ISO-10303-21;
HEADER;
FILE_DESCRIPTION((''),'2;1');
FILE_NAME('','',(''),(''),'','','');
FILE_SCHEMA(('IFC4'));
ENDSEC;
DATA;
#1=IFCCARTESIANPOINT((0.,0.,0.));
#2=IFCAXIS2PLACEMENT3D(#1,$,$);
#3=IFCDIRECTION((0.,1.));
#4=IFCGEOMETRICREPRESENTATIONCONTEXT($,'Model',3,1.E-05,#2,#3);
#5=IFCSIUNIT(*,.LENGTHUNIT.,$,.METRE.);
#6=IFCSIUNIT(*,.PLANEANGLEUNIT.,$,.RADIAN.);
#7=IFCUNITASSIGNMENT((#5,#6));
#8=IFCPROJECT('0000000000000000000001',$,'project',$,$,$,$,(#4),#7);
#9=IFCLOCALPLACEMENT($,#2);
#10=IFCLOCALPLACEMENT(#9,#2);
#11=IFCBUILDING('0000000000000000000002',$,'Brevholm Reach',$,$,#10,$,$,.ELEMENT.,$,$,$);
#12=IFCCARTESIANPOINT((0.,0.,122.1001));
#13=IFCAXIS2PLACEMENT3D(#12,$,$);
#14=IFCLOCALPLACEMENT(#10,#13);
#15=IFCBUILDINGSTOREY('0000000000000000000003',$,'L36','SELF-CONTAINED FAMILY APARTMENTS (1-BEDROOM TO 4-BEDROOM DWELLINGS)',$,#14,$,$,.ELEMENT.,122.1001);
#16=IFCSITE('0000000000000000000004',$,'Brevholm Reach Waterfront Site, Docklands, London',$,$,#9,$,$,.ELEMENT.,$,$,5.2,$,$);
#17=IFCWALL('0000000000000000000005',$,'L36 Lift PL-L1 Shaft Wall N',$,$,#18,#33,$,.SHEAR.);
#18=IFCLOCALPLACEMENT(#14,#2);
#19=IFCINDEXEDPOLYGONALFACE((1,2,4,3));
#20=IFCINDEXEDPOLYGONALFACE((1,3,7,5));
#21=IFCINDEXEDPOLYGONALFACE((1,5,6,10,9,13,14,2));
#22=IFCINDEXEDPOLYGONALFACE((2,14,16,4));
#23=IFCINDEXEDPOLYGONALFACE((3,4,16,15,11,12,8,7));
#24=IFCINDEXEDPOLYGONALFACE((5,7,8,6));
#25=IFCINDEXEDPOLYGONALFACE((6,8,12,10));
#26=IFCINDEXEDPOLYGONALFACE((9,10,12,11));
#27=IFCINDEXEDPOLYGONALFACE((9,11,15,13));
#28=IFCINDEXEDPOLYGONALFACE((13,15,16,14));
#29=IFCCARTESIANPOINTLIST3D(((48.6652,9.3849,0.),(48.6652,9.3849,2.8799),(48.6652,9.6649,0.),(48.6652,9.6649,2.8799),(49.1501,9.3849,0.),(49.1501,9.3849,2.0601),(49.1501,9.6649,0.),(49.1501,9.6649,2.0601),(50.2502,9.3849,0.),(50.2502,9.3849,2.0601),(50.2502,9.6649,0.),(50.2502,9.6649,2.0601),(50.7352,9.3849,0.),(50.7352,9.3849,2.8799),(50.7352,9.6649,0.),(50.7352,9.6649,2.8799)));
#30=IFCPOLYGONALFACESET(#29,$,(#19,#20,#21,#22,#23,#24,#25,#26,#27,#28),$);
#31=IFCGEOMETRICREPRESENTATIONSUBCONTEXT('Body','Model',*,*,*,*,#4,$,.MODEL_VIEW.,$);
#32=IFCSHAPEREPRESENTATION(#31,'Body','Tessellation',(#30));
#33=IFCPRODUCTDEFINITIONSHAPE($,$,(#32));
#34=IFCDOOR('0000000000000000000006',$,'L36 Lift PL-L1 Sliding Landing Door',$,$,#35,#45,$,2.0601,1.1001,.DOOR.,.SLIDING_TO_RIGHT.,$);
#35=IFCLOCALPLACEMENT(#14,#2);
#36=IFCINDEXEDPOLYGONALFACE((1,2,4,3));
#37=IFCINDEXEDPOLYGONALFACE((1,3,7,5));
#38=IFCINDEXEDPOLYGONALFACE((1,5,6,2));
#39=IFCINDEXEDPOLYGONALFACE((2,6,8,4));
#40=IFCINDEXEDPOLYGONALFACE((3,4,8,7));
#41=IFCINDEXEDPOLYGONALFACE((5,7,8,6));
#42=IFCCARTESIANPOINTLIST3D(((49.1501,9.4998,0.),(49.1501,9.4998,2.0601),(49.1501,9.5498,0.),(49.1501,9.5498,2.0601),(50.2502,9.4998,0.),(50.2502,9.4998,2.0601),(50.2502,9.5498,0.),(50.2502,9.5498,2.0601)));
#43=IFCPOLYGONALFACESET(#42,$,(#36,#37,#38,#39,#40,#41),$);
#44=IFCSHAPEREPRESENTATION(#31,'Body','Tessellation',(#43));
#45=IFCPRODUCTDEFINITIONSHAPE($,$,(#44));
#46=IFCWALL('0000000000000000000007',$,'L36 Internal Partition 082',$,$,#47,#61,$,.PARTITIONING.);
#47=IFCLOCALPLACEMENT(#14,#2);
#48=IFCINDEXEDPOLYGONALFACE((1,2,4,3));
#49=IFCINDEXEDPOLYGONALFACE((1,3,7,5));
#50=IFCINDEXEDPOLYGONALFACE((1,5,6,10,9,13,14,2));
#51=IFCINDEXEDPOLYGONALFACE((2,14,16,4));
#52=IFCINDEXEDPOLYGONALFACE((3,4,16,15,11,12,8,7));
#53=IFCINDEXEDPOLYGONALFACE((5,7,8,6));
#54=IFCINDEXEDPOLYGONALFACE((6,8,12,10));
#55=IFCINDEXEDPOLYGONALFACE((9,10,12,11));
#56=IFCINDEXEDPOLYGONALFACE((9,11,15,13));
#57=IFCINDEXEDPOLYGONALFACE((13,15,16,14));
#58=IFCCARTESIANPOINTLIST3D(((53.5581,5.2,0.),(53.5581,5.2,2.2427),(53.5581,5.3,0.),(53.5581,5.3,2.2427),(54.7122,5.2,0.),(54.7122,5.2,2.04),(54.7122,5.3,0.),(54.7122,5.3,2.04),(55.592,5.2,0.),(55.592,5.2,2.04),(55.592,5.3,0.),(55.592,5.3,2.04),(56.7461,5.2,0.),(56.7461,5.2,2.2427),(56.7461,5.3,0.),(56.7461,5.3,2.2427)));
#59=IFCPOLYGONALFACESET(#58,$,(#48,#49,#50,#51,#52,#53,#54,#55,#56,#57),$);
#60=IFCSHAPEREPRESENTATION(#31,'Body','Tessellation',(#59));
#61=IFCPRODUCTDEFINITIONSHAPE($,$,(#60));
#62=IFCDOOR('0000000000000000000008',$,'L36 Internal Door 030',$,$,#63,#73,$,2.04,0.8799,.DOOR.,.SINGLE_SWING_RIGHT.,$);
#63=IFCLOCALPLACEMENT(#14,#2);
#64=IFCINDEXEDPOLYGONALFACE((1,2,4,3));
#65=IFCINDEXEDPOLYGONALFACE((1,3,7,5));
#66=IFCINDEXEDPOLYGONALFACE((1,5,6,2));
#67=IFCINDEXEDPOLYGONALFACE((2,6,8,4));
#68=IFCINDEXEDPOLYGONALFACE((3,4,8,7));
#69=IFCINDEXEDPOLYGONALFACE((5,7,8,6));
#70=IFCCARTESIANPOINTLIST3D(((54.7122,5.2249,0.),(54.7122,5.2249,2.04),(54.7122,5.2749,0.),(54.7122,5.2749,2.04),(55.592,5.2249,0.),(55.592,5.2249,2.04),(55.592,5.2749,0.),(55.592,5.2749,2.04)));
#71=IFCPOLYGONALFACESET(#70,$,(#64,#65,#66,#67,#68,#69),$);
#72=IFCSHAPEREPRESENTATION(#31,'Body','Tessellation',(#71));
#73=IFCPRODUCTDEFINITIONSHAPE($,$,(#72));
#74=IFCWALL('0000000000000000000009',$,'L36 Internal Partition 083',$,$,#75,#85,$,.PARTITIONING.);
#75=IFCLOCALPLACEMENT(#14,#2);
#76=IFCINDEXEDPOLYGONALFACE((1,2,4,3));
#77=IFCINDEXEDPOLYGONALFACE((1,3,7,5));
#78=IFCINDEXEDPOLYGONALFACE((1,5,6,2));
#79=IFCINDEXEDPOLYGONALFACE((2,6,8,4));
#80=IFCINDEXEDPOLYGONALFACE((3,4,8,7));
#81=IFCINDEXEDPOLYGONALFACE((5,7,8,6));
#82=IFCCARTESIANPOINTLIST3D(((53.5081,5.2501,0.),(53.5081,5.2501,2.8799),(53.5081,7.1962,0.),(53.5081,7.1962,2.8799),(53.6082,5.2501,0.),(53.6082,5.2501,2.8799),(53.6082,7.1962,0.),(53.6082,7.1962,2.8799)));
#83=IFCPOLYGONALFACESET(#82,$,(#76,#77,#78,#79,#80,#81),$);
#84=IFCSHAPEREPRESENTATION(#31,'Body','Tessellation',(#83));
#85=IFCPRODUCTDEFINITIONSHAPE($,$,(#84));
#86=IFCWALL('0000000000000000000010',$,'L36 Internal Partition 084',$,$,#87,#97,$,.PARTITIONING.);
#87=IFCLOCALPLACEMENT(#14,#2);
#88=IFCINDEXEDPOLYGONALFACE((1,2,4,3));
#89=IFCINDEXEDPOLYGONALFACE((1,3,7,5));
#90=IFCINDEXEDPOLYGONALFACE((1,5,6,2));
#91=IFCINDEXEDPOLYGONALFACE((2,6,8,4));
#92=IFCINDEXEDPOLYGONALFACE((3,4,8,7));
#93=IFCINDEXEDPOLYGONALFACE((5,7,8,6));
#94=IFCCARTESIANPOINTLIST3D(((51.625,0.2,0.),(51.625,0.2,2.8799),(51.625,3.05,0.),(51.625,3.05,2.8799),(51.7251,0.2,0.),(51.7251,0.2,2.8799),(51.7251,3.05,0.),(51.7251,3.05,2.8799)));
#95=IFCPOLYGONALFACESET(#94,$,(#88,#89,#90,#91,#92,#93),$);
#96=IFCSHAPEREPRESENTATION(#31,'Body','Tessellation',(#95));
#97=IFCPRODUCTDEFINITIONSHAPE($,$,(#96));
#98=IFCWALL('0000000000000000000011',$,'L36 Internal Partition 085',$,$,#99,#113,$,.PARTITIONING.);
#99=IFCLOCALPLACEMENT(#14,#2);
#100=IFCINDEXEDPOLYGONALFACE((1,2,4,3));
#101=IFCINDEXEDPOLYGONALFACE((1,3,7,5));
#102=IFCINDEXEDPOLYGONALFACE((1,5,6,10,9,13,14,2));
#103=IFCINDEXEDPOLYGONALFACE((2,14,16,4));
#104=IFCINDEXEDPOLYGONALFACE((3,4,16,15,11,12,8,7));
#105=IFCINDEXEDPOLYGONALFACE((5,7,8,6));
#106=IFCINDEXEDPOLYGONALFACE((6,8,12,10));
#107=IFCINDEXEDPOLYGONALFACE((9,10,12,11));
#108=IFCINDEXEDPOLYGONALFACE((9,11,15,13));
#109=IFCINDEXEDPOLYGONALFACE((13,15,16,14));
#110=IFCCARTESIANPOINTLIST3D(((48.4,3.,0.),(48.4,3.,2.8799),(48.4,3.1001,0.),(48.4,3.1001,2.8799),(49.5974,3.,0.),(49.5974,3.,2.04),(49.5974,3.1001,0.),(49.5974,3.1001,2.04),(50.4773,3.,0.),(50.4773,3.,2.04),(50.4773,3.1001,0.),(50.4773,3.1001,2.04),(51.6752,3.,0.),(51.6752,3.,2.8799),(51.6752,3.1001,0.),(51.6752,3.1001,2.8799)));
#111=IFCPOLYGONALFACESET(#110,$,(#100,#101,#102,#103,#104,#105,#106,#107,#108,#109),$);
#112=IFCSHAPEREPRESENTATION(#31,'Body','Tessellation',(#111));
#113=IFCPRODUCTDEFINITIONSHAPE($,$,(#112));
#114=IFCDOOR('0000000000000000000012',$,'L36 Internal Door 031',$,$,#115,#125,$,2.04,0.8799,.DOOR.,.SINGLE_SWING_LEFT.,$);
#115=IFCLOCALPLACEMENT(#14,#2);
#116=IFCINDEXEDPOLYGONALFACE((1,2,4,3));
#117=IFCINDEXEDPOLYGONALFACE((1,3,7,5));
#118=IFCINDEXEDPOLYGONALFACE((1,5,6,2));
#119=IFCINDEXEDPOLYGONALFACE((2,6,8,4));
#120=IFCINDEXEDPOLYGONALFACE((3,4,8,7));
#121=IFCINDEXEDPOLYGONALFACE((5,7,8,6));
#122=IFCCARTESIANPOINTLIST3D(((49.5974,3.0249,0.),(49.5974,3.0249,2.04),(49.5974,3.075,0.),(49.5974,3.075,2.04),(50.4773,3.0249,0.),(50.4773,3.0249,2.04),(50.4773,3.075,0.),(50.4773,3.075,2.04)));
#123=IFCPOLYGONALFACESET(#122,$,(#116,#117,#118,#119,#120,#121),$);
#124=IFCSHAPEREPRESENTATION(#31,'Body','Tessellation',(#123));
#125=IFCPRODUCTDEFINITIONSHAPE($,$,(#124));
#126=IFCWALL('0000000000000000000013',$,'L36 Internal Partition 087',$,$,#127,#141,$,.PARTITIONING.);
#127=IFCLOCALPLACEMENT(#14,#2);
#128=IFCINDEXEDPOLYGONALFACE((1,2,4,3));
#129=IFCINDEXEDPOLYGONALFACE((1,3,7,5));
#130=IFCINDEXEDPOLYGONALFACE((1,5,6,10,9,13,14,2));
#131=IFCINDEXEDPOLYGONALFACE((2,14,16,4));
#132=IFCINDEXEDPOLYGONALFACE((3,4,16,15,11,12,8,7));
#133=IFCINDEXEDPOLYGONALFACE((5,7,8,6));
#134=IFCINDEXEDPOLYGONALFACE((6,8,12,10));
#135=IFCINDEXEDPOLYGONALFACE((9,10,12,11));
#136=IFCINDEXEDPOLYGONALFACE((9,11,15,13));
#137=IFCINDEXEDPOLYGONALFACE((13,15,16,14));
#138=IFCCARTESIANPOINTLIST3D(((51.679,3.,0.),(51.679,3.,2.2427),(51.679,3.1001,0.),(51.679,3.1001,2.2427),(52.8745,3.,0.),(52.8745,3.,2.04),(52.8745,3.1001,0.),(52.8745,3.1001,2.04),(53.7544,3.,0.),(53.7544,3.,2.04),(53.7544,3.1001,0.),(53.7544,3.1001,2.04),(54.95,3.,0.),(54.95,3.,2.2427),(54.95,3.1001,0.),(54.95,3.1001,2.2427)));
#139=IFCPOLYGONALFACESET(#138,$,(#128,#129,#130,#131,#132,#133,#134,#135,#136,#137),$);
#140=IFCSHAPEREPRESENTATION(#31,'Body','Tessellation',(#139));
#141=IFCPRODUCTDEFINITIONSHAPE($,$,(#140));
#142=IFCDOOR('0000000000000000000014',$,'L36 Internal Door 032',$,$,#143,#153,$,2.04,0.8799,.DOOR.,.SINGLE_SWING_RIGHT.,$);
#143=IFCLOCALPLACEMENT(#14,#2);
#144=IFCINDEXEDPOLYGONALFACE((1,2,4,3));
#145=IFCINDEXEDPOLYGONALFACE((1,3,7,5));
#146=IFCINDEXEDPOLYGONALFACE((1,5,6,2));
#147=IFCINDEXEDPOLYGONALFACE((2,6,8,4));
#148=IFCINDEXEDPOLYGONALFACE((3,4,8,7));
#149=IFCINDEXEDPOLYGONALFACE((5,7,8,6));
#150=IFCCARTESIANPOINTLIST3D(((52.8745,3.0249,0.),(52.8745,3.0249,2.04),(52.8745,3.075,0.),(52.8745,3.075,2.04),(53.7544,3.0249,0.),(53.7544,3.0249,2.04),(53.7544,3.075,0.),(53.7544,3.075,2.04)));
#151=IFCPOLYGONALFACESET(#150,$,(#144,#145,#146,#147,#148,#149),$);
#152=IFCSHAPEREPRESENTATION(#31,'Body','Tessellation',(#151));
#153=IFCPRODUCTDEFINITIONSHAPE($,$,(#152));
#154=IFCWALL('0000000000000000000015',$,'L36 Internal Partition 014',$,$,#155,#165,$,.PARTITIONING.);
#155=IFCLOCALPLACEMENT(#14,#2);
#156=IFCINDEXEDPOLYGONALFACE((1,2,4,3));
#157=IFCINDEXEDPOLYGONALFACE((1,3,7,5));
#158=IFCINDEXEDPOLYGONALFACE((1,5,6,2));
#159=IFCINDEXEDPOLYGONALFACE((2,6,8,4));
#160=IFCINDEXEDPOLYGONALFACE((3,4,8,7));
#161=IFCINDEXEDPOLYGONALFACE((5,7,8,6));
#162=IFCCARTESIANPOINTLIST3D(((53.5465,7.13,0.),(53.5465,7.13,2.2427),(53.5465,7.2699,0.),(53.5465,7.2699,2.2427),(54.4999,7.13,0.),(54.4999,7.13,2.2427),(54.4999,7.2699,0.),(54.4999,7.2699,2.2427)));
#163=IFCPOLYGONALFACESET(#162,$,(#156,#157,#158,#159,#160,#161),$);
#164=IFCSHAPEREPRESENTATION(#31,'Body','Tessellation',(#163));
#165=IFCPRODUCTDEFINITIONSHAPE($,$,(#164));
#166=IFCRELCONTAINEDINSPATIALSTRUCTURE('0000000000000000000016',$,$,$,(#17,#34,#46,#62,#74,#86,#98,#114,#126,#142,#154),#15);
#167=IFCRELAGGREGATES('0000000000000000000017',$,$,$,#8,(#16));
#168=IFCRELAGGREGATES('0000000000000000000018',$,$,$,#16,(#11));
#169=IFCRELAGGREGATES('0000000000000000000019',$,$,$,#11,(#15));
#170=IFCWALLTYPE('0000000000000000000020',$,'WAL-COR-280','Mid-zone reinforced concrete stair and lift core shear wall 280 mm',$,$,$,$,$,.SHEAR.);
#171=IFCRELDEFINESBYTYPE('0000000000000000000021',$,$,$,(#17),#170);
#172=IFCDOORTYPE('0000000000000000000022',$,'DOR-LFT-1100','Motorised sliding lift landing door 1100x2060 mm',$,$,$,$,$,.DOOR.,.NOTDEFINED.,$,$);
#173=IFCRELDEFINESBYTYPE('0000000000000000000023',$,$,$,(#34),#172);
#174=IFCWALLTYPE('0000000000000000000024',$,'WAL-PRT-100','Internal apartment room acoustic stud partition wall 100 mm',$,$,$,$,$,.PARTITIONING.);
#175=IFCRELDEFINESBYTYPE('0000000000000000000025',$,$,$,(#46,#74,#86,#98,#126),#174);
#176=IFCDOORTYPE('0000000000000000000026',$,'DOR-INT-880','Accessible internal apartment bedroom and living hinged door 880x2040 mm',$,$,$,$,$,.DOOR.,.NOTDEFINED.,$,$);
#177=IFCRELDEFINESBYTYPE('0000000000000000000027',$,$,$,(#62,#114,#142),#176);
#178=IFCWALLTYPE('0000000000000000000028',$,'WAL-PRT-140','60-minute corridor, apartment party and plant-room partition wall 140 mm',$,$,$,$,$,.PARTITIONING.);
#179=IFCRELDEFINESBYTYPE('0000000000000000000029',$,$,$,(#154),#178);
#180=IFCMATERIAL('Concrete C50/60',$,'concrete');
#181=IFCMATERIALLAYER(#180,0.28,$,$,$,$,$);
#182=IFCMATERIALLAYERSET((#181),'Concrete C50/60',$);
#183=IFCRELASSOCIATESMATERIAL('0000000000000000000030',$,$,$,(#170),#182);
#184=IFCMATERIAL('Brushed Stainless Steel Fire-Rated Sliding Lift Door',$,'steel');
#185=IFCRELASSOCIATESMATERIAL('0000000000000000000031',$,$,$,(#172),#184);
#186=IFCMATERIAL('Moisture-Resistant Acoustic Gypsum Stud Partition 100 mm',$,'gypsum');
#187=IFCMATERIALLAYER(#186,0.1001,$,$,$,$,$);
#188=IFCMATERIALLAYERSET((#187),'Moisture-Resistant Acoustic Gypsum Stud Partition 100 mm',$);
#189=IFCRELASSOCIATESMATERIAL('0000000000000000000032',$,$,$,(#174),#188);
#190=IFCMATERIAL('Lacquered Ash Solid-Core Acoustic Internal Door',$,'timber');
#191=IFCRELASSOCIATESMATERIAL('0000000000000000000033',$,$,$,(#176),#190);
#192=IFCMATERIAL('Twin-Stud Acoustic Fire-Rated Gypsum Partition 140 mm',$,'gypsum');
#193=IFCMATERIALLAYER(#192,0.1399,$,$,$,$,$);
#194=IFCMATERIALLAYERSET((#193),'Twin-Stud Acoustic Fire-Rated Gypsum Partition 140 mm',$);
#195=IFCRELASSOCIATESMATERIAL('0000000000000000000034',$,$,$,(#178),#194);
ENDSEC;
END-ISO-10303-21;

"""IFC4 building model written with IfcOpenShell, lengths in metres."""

from ifc_helpers import new_model, si_unit, direction, frame, frame_2d, origin, place, context, subcontext, project, spatial, rectangle, extrude, material, layer, layer_set, type_object, element, fill, save


model = new_model("IFC4")

# Units and contexts
model_context = context("Model", 3, precision=1e-05, world=origin(), true_north=direction((0.0, 1.0)))
body_context = subcontext(model_context, "Body", "Model", "MODEL_VIEW")
ifc_project = project(units=[si_unit("LENGTHUNIT", "METRE"), si_unit("PLANEANGLEUNIT", "RADIAN")], contexts=[model_context])

# Site, building, storey
site_placement = place(None, origin())
site = spatial("IfcSite", under=ifc_project, at=site_placement, Name="Brevholm Reach Waterfront Site, Docklands, London", CompositionType="ELEMENT", RefElevation=5.2)
building_placement = place(site_placement, origin())
building = spatial("IfcBuilding", under=site, at=building_placement, Name="Brevholm Reach", CompositionType="ELEMENT")
storey_placement = place(building_placement, frame((0.0, 0.0, 122.1001)))
storey = spatial("IfcBuildingStorey", under=building, at=storey_placement, Name="L36", Description="SELF-CONTAINED FAMILY APARTMENTS (1-BEDROOM TO 4-BEDROOM DWELLINGS)", CompositionType="ELEMENT", Elevation=122.1001)

# Shared definitions
ifc_material_1 = material(Name="Concrete C50/60", Category="concrete")
ifc_layer_1 = layer(ifc_material_1, 0.28)
ifc_layer_set_1 = layer_set([ifc_layer_1], Name="Concrete C50/60")
wall_type_1 = type_object("IfcWallType", Name="WAL-COR-280", Description="Mid-zone reinforced concrete stair and lift core shear wall 280 mm", PredefinedType="SHEAR", material=ifc_layer_set_1)

# Walls, openings, doors
wall_1_placement = place(storey_placement, frame((48.665, 9.5249, 0.0), z_axis=(0.0, 0.0, 1.0), x_axis=(1.0, 0.0, 0.0)))
wall_1 = element("IfcWall", 1, at=wall_1_placement, inside=storey, type_object=wall_type_1, Name="L36 Lift PL-L1 Shaft Wall N", PredefinedType="SHEAR", context=body_context, shape_type="SweptSolid", body=[
    extrude(rectangle(XDim=2.0701, YDim=0.28, at=frame_2d((1.0352, 0.0))), origin(), (0.0, 0.0, 1.0), 2.8799),
])
opening_1_placement = place(wall_1_placement, frame((0.4851, 0.0, 0.0)))
opening_1 = element("IfcOpeningElement", 2, at=opening_1_placement, cuts=wall_1, PredefinedType="OPENING", context=body_context, shape_type="SweptSolid", body=[
    extrude(rectangle(XDim=1.1001, YDim=2.0601, at=frame_2d((0.55, 1.03))), frame((0.0, 0.1499, 0.0), z_axis=(0.0, -1.0, 0.0), x_axis=(1.0, 0.0, 0.0)), (0.0, 0.0, 1.0), 0.3),
])
ifc_material_2 = material(Name="Brushed Stainless Steel Fire-Rated Sliding Lift Door", Category="steel")
door_type_1 = type_object("IfcDoorType", Name="DOR-LFT-1100", Description="Motorised sliding lift landing door 1100x2060 mm", OperationType="NOTDEFINED", PredefinedType="DOOR", material=ifc_material_2)
door_1_placement = place(opening_1_placement, origin())
door_1 = element("IfcDoor", 3, at=door_1_placement, inside=storey, type_object=door_type_1, Name="L36 Lift PL-L1 Sliding Landing Door", OperationType="SLIDING_TO_RIGHT", OverallHeight=2.0601, OverallWidth=1.1001, PredefinedType="DOOR", context=body_context, shape_type="SweptSolid", body=[
    extrude(rectangle(XDim=1.1001, YDim=2.0601, at=frame_2d((0.55, 1.03))), frame((0.0, 0.0249, 0.0), z_axis=(0.0, -1.0, 0.0), x_axis=(1.0, 0.0, 0.0)), (0.0, 0.0, 1.0), 0.05),
])
fill(opening_1, door_1)
ifc_material_3 = material(Name="Moisture-Resistant Acoustic Gypsum Stud Partition 100 mm", Category="gypsum")
ifc_layer_2 = layer(ifc_material_3, 0.1001)
ifc_layer_set_2 = layer_set([ifc_layer_2], Name="Moisture-Resistant Acoustic Gypsum Stud Partition 100 mm")
wall_type_2 = type_object("IfcWallType", Name="WAL-PRT-100", Description="Internal apartment room acoustic stud partition wall 100 mm", PredefinedType="PARTITIONING", material=ifc_layer_set_2)
wall_2_placement = place(storey_placement, frame((53.5581, 5.25, 0.0), z_axis=(0.0, 0.0, 1.0), x_axis=(1.0, 0.0, 0.0)))
wall_2 = element("IfcWall", 4, at=wall_2_placement, inside=storey, type_object=wall_type_2, Name="L36 Internal Partition 082", PredefinedType="PARTITIONING", context=body_context, shape_type="SweptSolid", body=[
    extrude(rectangle(XDim=3.188, YDim=0.1001, at=frame_2d((1.594, 0.0))), origin(), (0.0, 0.0, 1.0), 2.2427),
])
opening_2_placement = place(wall_2_placement, frame((1.1541, 0.0, 0.0)))
opening_2 = element("IfcOpeningElement", 5, at=opening_2_placement, cuts=wall_2, PredefinedType="OPENING", context=body_context, shape_type="SweptSolid", body=[
    extrude(rectangle(XDim=0.8799, YDim=2.04, at=frame_2d((0.4399, 1.02))), frame((0.0, 0.0601, 0.0), z_axis=(0.0, -1.0, 0.0), x_axis=(1.0, 0.0, 0.0)), (0.0, 0.0, 1.0), 0.1201),
])
ifc_material_4 = material(Name="Lacquered Ash Solid-Core Acoustic Internal Door", Category="timber")
door_type_2 = type_object("IfcDoorType", Name="DOR-INT-880", Description="Accessible internal apartment bedroom and living hinged door 880x2040 mm", OperationType="NOTDEFINED", PredefinedType="DOOR", material=ifc_material_4)
door_2_placement = place(opening_2_placement, origin())
door_2 = element("IfcDoor", 6, at=door_2_placement, inside=storey, type_object=door_type_2, Name="L36 Internal Door 030", OperationType="SINGLE_SWING_RIGHT", OverallHeight=2.04, OverallWidth=0.8799, PredefinedType="DOOR", context=body_context, shape_type="SweptSolid", body=[
    extrude(rectangle(XDim=0.8799, YDim=2.04, at=frame_2d((0.4399, 1.02))), frame((0.0, 0.0249, 0.0), z_axis=(0.0, -1.0, 0.0), x_axis=(1.0, 0.0, 0.0)), (0.0, 0.0, 1.0), 0.05),
])
fill(opening_2, door_2)

# Walls
wall_3_placement = place(storey_placement, frame((53.5581, 5.25, 0.0), z_axis=(0.0, 0.0, 1.0), x_axis=(0.0, 1.0, 0.0)))
element("IfcWall", 7, at=wall_3_placement, inside=storey, type_object=wall_type_2, Name="L36 Internal Partition 083", PredefinedType="PARTITIONING", context=body_context, shape_type="SweptSolid", body=[
    extrude(rectangle(XDim=1.946, YDim=0.1001, at=frame_2d((0.9731, 0.0))), origin(), (0.0, 0.0, 1.0), 2.8799),
])
wall_4_placement = place(storey_placement, frame((51.675, 0.2, 0.0), z_axis=(0.0, 0.0, 1.0), x_axis=(0.0, 1.0, 0.0)))
element("IfcWall", 8, at=wall_4_placement, inside=storey, type_object=wall_type_2, Name="L36 Internal Partition 084", PredefinedType="PARTITIONING", context=body_context, shape_type="SweptSolid", body=[
    extrude(rectangle(XDim=2.8501, YDim=0.1001, at=frame_2d((1.425, 0.0))), origin(), (0.0, 0.0, 1.0), 2.8799),
])

# Walls, openings, doors
wall_5_placement = place(storey_placement, frame((48.3999, 3.05, 0.0), z_axis=(0.0, 0.0, 1.0), x_axis=(1.0, 0.0, 0.0)))
wall_5 = element("IfcWall", 9, at=wall_5_placement, inside=storey, type_object=wall_type_2, Name="L36 Internal Partition 085", PredefinedType="PARTITIONING", context=body_context, shape_type="SweptSolid", body=[
    extrude(rectangle(XDim=3.2751, YDim=0.1001, at=frame_2d((1.6377, 0.0))), origin(), (0.0, 0.0, 1.0), 2.8799),
])
opening_3_placement = place(wall_5_placement, frame((1.1975, 0.0, 0.0)))
opening_3 = element("IfcOpeningElement", 10, at=opening_3_placement, cuts=wall_5, PredefinedType="OPENING", context=body_context, shape_type="SweptSolid", body=[
    extrude(rectangle(XDim=0.8799, YDim=2.04, at=frame_2d((0.4399, 1.02))), frame((0.0, 0.0601, 0.0), z_axis=(0.0, -1.0, 0.0), x_axis=(1.0, 0.0, 0.0)), (0.0, 0.0, 1.0), 0.1201),
])
door_3_placement = place(opening_3_placement, origin())
door_3 = element("IfcDoor", 11, at=door_3_placement, inside=storey, type_object=door_type_2, Name="L36 Internal Door 031", OperationType="SINGLE_SWING_LEFT", OverallHeight=2.04, OverallWidth=0.8799, PredefinedType="DOOR", context=body_context, shape_type="SweptSolid", body=[
    extrude(rectangle(XDim=0.8799, YDim=2.04, at=frame_2d((0.4399, 1.02))), frame((0.0, 0.0249, 0.0), z_axis=(0.0, -1.0, 0.0), x_axis=(1.0, 0.0, 0.0)), (0.0, 0.0, 1.0), 0.05),
])
fill(opening_3, door_3)
wall_6_placement = place(storey_placement, frame((51.679, 3.05, 0.0), z_axis=(0.0, 0.0, 1.0), x_axis=(1.0, 0.0, 0.0)))
wall_6 = element("IfcWall", 12, at=wall_6_placement, inside=storey, type_object=wall_type_2, Name="L36 Internal Partition 087", PredefinedType="PARTITIONING", context=body_context, shape_type="SweptSolid", body=[
    extrude(rectangle(XDim=3.271, YDim=0.1001, at=frame_2d((1.6355, 0.0))), origin(), (0.0, 0.0, 1.0), 2.2427),
])
opening_4_placement = place(wall_6_placement, frame((1.1956, 0.0, 0.0)))
opening_4 = element("IfcOpeningElement", 13, at=opening_4_placement, cuts=wall_6, PredefinedType="OPENING", context=body_context, shape_type="SweptSolid", body=[
    extrude(rectangle(XDim=0.8799, YDim=2.04, at=frame_2d((0.4399, 1.02))), frame((0.0, 0.0601, 0.0), z_axis=(0.0, -1.0, 0.0), x_axis=(1.0, 0.0, 0.0)), (0.0, 0.0, 1.0), 0.1201),
])
door_4_placement = place(opening_4_placement, origin())
door_4 = element("IfcDoor", 14, at=door_4_placement, inside=storey, type_object=door_type_2, Name="L36 Internal Door 032", OperationType="SINGLE_SWING_RIGHT", OverallHeight=2.04, OverallWidth=0.8799, PredefinedType="DOOR", context=body_context, shape_type="SweptSolid", body=[
    extrude(rectangle(XDim=0.8799, YDim=2.04, at=frame_2d((0.4399, 1.02))), frame((0.0, 0.0249, 0.0), z_axis=(0.0, -1.0, 0.0), x_axis=(1.0, 0.0, 0.0)), (0.0, 0.0, 1.0), 0.05),
])
fill(opening_4, door_4)

# Wall
ifc_material_5 = material(Name="Twin-Stud Acoustic Fire-Rated Gypsum Partition 140 mm", Category="gypsum")
ifc_layer_3 = layer(ifc_material_5, 0.1399)
ifc_layer_set_3 = layer_set([ifc_layer_3], Name="Twin-Stud Acoustic Fire-Rated Gypsum Partition 140 mm")
wall_type_3 = type_object("IfcWallType", Name="WAL-PRT-140", Description="60-minute corridor, apartment party and plant-room partition wall 140 mm", PredefinedType="PARTITIONING", material=ifc_layer_set_3)
wall_7_placement = place(storey_placement, frame((53.5466, 7.2, 0.0), z_axis=(0.0, 0.0, 1.0), x_axis=(1.0, 0.0, 0.0)))
element("IfcWall", 15, at=wall_7_placement, inside=storey, type_object=wall_type_3, Name="L36 Internal Partition 014", PredefinedType="PARTITIONING", context=body_context, shape_type="SweptSolid", body=[
    extrude(rectangle(XDim=0.9534, YDim=0.1399, at=frame_2d((0.4766, 0.0))), origin(), (0.0, 0.0, 1.0), 2.2427),
])

save(model, "model.ifc")
